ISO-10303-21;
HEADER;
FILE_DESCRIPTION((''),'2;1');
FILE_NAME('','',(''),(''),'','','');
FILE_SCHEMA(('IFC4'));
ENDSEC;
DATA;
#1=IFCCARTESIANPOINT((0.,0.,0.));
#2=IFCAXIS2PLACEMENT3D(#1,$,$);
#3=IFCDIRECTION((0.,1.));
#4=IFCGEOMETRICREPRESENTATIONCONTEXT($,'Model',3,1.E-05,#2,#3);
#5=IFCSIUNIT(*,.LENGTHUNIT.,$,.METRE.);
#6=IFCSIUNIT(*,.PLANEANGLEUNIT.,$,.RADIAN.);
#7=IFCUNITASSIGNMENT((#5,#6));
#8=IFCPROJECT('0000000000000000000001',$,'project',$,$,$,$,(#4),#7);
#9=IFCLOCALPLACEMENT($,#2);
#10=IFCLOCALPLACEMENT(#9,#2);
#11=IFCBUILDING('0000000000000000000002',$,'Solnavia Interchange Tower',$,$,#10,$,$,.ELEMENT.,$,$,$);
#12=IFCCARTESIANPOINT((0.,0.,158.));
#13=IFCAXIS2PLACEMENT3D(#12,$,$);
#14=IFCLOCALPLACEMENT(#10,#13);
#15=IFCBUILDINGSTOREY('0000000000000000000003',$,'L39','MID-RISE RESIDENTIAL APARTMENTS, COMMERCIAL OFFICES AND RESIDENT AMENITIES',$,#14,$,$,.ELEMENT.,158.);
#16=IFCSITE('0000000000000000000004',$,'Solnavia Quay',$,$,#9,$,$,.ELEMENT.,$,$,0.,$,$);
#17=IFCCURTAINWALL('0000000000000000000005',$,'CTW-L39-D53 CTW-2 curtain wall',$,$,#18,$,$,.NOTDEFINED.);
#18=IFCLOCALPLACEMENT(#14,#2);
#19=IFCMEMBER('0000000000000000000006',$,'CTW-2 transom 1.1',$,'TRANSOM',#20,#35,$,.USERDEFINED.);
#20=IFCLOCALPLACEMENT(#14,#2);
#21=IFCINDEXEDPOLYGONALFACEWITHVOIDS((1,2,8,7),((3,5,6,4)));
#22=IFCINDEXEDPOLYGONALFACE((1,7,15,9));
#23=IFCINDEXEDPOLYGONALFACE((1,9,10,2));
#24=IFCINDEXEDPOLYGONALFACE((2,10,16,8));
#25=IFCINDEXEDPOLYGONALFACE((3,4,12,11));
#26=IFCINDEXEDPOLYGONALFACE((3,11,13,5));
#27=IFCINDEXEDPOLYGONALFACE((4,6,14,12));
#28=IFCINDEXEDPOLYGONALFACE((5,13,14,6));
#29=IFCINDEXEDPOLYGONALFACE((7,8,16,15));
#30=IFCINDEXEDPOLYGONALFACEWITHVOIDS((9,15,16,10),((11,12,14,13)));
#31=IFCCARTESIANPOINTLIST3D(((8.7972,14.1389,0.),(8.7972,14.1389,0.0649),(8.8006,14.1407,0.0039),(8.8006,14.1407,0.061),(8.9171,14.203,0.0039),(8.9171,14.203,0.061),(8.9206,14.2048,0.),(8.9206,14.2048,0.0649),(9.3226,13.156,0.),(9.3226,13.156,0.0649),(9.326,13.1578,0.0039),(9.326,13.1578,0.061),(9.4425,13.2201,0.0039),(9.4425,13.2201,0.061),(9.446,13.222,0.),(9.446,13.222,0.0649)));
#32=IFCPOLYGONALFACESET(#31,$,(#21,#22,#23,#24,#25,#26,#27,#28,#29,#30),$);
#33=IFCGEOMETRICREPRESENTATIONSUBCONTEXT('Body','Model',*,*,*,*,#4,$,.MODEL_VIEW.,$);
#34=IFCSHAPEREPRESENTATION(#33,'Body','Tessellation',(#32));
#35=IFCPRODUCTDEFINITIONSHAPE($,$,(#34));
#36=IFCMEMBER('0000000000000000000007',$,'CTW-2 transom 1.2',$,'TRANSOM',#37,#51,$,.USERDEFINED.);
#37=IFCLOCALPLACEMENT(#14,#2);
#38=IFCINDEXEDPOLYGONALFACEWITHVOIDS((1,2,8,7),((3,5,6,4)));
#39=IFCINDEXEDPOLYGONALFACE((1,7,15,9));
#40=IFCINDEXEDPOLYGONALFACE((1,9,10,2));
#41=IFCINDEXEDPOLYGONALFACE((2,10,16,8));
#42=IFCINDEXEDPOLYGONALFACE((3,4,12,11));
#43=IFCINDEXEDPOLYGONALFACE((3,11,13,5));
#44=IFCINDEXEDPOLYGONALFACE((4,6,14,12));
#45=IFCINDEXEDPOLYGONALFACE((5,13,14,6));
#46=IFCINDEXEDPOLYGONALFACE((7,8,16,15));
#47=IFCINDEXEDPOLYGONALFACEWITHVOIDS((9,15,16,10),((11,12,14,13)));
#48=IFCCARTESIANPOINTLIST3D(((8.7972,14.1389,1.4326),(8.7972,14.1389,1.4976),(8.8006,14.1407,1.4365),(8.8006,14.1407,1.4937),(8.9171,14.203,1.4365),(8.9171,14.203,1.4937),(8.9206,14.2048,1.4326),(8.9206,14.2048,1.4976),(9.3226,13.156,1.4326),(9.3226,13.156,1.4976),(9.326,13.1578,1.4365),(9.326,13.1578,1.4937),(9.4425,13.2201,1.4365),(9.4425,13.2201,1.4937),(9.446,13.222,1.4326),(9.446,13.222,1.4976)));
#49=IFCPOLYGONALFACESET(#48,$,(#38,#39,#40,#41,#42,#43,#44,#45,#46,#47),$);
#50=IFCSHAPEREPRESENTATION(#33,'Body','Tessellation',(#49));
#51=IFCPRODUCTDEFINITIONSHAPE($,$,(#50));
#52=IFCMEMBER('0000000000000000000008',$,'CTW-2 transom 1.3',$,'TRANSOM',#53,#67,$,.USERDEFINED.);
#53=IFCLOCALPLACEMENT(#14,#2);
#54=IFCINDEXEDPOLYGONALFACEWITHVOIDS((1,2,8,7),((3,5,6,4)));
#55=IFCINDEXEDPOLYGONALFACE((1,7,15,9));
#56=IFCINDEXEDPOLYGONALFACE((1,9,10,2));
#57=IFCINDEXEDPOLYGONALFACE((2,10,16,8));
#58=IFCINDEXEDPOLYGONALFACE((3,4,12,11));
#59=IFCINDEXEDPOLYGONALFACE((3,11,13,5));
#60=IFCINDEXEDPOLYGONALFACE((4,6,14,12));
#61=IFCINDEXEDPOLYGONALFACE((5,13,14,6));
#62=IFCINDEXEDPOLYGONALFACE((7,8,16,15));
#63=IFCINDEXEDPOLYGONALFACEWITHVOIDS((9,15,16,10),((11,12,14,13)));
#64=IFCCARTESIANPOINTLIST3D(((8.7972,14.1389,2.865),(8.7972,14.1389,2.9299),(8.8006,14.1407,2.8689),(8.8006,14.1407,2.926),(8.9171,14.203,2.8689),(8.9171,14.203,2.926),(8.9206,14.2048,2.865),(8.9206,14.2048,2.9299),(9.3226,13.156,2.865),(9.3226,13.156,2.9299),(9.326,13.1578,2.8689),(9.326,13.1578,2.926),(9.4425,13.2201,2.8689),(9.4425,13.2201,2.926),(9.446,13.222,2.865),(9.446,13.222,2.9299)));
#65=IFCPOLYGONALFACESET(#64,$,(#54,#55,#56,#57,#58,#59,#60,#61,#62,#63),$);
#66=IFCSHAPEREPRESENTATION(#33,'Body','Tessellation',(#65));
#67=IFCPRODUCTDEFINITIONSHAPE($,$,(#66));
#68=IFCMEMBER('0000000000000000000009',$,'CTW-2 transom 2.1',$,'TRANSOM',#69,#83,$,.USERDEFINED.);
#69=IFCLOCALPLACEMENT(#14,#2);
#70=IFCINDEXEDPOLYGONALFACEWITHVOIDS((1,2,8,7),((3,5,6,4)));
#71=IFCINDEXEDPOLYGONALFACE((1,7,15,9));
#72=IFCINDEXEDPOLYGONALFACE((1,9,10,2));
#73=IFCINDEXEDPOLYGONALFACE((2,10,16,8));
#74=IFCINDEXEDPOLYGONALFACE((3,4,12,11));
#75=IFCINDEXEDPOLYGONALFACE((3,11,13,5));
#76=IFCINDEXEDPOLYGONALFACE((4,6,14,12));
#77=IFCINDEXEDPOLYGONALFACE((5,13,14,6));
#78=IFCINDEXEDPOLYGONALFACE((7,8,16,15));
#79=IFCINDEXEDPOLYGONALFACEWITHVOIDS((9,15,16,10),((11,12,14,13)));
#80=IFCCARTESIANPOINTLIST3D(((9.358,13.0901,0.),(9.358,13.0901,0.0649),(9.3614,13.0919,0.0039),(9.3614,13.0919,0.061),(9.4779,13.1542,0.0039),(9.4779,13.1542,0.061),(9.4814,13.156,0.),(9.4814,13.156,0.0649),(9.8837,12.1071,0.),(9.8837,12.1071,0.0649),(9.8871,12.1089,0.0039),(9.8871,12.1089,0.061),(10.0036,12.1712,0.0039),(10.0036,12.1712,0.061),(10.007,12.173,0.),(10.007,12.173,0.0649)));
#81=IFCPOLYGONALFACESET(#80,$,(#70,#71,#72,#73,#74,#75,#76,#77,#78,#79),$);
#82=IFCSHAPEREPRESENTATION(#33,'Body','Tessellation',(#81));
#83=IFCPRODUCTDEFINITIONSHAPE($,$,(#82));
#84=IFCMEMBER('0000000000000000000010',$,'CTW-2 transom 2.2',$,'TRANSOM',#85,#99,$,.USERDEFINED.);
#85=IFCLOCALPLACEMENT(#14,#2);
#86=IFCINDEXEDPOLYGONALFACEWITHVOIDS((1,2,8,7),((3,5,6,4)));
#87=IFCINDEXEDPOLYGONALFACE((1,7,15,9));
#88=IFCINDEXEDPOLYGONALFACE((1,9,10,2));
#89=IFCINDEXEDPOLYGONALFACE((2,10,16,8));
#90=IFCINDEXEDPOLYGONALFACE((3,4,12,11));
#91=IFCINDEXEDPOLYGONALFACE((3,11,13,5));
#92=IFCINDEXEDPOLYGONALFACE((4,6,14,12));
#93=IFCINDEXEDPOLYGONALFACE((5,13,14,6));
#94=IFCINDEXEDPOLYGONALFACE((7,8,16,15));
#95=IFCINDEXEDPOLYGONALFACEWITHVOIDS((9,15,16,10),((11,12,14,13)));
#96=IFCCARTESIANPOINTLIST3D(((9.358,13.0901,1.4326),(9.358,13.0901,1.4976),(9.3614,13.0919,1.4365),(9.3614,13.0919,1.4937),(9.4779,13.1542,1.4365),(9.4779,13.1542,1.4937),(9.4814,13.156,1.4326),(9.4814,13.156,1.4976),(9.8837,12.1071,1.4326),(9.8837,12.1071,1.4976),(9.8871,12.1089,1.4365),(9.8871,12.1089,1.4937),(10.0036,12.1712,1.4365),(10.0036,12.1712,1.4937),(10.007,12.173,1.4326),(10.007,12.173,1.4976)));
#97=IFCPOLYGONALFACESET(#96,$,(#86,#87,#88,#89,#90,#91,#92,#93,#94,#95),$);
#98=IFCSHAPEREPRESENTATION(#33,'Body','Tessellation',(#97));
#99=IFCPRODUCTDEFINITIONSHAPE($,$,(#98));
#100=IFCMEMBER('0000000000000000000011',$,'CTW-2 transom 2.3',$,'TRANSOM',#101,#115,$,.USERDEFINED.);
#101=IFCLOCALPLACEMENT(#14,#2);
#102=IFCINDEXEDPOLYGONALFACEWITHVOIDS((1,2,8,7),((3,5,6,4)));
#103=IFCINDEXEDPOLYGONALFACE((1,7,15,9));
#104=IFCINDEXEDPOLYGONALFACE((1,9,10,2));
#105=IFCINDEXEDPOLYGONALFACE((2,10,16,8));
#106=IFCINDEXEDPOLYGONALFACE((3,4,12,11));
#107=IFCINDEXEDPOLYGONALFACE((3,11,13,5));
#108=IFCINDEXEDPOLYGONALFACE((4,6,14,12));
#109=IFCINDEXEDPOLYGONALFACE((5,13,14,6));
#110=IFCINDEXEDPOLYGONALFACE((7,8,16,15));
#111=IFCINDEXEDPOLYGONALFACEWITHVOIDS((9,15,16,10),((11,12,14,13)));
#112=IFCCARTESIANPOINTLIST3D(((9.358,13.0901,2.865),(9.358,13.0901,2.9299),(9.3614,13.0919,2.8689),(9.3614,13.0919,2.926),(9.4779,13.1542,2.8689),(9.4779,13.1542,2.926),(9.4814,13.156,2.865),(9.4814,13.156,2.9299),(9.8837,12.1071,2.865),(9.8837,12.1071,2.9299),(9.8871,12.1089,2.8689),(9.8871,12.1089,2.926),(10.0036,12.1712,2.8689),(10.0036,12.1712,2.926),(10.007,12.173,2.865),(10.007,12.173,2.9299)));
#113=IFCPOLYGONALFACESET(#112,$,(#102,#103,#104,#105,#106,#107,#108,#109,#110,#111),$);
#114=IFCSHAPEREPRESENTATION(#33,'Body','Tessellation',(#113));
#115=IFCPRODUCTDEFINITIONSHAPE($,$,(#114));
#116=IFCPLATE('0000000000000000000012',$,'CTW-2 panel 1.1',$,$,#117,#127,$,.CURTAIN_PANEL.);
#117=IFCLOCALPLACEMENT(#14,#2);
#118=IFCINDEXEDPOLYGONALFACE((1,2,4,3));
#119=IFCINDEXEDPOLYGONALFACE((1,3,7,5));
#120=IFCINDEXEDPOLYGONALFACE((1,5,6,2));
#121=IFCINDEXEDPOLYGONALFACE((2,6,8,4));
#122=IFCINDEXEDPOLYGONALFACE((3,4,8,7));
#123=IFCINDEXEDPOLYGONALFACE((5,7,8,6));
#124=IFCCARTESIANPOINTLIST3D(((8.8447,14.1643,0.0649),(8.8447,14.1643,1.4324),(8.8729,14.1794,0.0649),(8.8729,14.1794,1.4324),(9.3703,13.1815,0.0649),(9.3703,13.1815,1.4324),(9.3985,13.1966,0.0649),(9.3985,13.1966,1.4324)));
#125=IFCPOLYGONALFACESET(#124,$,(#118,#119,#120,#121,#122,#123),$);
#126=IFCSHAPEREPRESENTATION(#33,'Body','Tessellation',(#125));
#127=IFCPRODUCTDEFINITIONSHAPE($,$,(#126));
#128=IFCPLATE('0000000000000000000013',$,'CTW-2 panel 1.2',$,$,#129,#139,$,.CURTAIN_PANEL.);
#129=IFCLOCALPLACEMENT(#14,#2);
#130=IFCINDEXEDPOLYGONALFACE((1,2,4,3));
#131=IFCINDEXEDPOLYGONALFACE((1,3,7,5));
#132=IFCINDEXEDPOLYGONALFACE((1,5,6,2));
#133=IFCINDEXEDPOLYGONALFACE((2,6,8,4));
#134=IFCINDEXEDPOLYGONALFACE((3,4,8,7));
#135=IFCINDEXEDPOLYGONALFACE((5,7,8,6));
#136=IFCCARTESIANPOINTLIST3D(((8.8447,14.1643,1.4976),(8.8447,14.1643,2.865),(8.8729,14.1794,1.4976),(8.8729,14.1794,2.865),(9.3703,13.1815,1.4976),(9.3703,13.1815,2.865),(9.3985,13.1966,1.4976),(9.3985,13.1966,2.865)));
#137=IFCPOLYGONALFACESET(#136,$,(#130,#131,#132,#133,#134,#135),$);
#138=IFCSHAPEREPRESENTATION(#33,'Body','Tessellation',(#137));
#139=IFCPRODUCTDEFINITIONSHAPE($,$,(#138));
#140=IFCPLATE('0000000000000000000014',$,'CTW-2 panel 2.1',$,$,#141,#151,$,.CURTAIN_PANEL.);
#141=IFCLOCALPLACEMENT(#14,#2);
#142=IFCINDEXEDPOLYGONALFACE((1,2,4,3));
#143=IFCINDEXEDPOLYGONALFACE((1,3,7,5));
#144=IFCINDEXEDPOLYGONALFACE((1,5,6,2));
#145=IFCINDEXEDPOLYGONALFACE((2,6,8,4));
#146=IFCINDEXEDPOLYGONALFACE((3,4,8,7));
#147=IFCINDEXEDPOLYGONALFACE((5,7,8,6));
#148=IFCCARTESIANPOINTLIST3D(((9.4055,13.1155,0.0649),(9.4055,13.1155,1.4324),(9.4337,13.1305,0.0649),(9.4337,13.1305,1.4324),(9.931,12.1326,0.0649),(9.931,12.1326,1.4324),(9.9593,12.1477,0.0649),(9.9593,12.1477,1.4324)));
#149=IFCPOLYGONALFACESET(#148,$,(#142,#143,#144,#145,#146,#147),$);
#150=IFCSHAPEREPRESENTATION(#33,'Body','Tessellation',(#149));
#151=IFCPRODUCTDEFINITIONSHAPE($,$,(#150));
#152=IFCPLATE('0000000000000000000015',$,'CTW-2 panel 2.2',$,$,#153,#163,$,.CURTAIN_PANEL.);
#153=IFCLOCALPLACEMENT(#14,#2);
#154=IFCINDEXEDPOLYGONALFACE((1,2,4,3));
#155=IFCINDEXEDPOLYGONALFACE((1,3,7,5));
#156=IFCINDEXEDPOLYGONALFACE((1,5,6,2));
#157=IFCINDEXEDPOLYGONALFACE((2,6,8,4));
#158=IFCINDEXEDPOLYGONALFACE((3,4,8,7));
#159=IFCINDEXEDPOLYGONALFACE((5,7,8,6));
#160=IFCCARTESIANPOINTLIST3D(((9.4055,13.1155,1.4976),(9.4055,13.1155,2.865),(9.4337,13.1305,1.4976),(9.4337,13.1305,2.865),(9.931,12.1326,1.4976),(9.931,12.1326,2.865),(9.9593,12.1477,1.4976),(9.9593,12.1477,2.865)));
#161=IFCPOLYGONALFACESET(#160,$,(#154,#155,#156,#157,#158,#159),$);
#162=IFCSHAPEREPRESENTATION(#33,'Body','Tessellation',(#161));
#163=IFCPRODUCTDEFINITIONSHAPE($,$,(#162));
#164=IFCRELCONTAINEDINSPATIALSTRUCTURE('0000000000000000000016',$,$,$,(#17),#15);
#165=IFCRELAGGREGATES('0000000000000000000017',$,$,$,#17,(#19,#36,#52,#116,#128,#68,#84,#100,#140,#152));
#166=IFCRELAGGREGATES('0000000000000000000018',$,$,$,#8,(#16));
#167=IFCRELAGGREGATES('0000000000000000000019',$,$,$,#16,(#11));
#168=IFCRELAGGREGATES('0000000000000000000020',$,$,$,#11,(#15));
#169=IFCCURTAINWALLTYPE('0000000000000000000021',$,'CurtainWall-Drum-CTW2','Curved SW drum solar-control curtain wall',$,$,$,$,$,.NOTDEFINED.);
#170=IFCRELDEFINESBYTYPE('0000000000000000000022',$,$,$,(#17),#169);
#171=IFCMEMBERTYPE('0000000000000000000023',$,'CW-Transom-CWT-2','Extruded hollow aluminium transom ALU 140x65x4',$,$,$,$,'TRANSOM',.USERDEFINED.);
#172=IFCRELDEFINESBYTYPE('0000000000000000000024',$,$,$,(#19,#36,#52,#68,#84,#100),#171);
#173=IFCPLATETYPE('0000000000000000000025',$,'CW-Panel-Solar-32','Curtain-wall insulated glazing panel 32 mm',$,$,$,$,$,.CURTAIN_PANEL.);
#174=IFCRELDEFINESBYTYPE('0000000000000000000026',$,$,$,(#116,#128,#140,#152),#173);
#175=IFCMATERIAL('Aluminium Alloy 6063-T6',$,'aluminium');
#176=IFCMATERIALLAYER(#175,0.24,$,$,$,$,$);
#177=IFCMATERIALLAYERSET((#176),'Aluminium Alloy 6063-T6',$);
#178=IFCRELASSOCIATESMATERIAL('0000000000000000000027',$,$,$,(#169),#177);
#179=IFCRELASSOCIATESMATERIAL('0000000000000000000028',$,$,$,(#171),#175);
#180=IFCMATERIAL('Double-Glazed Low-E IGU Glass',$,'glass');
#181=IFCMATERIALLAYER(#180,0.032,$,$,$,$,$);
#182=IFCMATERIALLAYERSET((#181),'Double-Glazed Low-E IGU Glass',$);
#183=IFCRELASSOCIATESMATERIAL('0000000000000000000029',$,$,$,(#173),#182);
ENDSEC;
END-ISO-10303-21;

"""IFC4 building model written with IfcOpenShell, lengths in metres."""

from ifc_helpers import new_model, si_unit, direction, frame, origin, origin_2d, place, context, subcontext, project, spatial, rectangle, hollow_rectangle, extrude, material, layer, layer_set, material_profile, profile_set, type_object, element, aggregate, save


model = new_model("IFC4")

# Units and contexts
model_context = context("Model", 3, precision=1e-05, world=origin(), true_north=direction((0.0, 1.0)))
body_context = subcontext(model_context, "Body", "Model", "MODEL_VIEW")
ifc_project = project(units=[si_unit("LENGTHUNIT", "METRE"), si_unit("PLANEANGLEUNIT", "RADIAN")], contexts=[model_context])

# Site, building, storey
site_placement = place(None, origin())
site = spatial("IfcSite", under=ifc_project, at=site_placement, Name="Solnavia Quay", CompositionType="ELEMENT", RefElevation=0.0)
building_placement = place(site_placement, origin())
building = spatial("IfcBuilding", under=site, at=building_placement, Name="Solnavia Interchange Tower", CompositionType="ELEMENT")
storey_placement = place(building_placement, frame((0.0, 0.0, 158.0)))
storey = spatial("IfcBuildingStorey", under=building, at=storey_placement, Name="L39", Description="MID-RISE RESIDENTIAL APARTMENTS, COMMERCIAL OFFICES AND RESIDENT AMENITIES", CompositionType="ELEMENT", Elevation=158.0)

# Curtain wall, members, plates
ifc_material_1 = material(Name="Aluminium Alloy 6063-T6", Category="aluminium")
ifc_layer_1 = layer(ifc_material_1, 0.24)
ifc_layer_set_1 = layer_set([ifc_layer_1], Name="Aluminium Alloy 6063-T6")
curtain_wall_type = type_object("IfcCurtainWallType", Name="CurtainWall-Drum-CTW2", Description="Curved SW drum solar-control curtain wall", PredefinedType="NOTDEFINED", material=ifc_layer_set_1)
curtain_wall_placement = place(storey_placement, origin())
curtain_wall = element("IfcCurtainWall", 1, at=curtain_wall_placement, inside=storey, type_object=curtain_wall_type, Name="CTW-L39-D53 CTW-2 curtain wall", PredefinedType="NOTDEFINED")
ifc_material_profile_1 = material_profile(ifc_material_1, hollow_rectangle(XDim=0.0649, YDim=0.1399, WallThickness=0.0039, at=origin_2d()), Name="ALU 140x65x4")
ifc_profile_set_1 = profile_set([ifc_material_profile_1], Name="Aluminium Alloy 6063-T6")
member_type_1 = type_object("IfcMemberType", Name="CW-Transom-CWT-2", Description="Extruded hollow aluminium transom ALU 140x65x4", ElementType="TRANSOM", PredefinedType="USERDEFINED", material=ifc_profile_set_1)
member_1_placement = place(storey_placement, frame((8.8589, 14.1719, 0.0325), z_axis=(0.471407, -0.881916, 0.0), x_axis=(0.0, 0.0, 1.0)))
member_1 = element("IfcMember", 2, at=member_1_placement, type_object=member_type_1, Name="CTW-2 transom 1.1", ObjectType="TRANSOM", PredefinedType="USERDEFINED", context=body_context, shape_type="SweptSolid", body=[
    extrude(hollow_rectangle(XDim=0.0649, YDim=0.1399, WallThickness=0.0039, at=origin_2d()), origin(), (0.0, 0.0, 1.0), 1.1145),
])
member_2_placement = place(storey_placement, frame((8.8589, 14.1719, 1.4651), z_axis=(0.471407, -0.881916, 0.0), x_axis=(0.0, 0.0, 1.0)))
member_2 = element("IfcMember", 3, at=member_2_placement, type_object=member_type_1, Name="CTW-2 transom 1.2", ObjectType="TRANSOM", PredefinedType="USERDEFINED", context=body_context, shape_type="SweptSolid", body=[
    extrude(hollow_rectangle(XDim=0.0649, YDim=0.1399, WallThickness=0.0039, at=origin_2d()), origin(), (0.0, 0.0, 1.0), 1.1145),
])
member_3_placement = place(storey_placement, frame((8.8589, 14.1719, 2.8975), z_axis=(0.471407, -0.881916, 0.0), x_axis=(0.0, 0.0, 1.0)))
member_3 = element("IfcMember", 4, at=member_3_placement, type_object=member_type_1, Name="CTW-2 transom 1.3", ObjectType="TRANSOM", PredefinedType="USERDEFINED", context=body_context, shape_type="SweptSolid", body=[
    extrude(hollow_rectangle(XDim=0.0649, YDim=0.1399, WallThickness=0.0039, at=origin_2d()), origin(), (0.0, 0.0, 1.0), 1.1145),
])
member_4_placement = place(storey_placement, frame((9.4197, 13.123, 0.0325), z_axis=(0.471577, -0.881825, 0.0), x_axis=(0.0, 0.0, 1.0)))
member_4 = element("IfcMember", 5, at=member_4_placement, type_object=member_type_1, Name="CTW-2 transom 2.1", ObjectType="TRANSOM", PredefinedType="USERDEFINED", context=body_context, shape_type="SweptSolid", body=[
    extrude(hollow_rectangle(XDim=0.0649, YDim=0.1399, WallThickness=0.0039, at=origin_2d()), origin(), (0.0, 0.0, 1.0), 1.1147),
])
member_5_placement = place(storey_placement, frame((9.4197, 13.123, 1.4651), z_axis=(0.471577, -0.881825, 0.0), x_axis=(0.0, 0.0, 1.0)))
member_5 = element("IfcMember", 6, at=member_5_placement, type_object=member_type_1, Name="CTW-2 transom 2.2", ObjectType="TRANSOM", PredefinedType="USERDEFINED", context=body_context, shape_type="SweptSolid", body=[
    extrude(hollow_rectangle(XDim=0.0649, YDim=0.1399, WallThickness=0.0039, at=origin_2d()), origin(), (0.0, 0.0, 1.0), 1.1147),
])
member_6_placement = place(storey_placement, frame((9.4197, 13.123, 2.8975), z_axis=(0.471577, -0.881825, 0.0), x_axis=(0.0, 0.0, 1.0)))
member_6 = element("IfcMember", 7, at=member_6_placement, type_object=member_type_1, Name="CTW-2 transom 2.3", ObjectType="TRANSOM", PredefinedType="USERDEFINED", context=body_context, shape_type="SweptSolid", body=[
    extrude(hollow_rectangle(XDim=0.0649, YDim=0.1399, WallThickness=0.0039, at=origin_2d()), origin(), (0.0, 0.0, 1.0), 1.1147),
])
ifc_material_2 = material(Name="Double-Glazed Low-E IGU Glass", Category="glass")
ifc_layer_2 = layer(ifc_material_2, 0.032)
ifc_layer_set_2 = layer_set([ifc_layer_2], Name="Double-Glazed Low-E IGU Glass")
plate_type = type_object("IfcPlateType", Name="CW-Panel-Solar-32", Description="Curtain-wall insulated glazing panel 32 mm", PredefinedType="CURTAIN_PANEL", material=ifc_layer_set_2)
plate_1_placement = place(storey_placement, frame((9.1216, 13.6804, 0.0649), z_axis=(0.0, 0.0, 1.0), x_axis=(0.471561, -0.881834, 0.0)))
plate_1 = element("IfcPlate", 8, at=plate_1_placement, type_object=plate_type, Name="CTW-2 panel 1.1", PredefinedType="CURTAIN_PANEL", context=body_context, shape_type="SweptSolid", body=[
    extrude(rectangle(XDim=1.1145, YDim=0.032, at=origin_2d()), origin(), (0.0, 0.0, 1.0), 1.3674),
])
plate_2_placement = place(storey_placement, frame((9.1216, 13.6804, 1.4976), z_axis=(0.0, 0.0, 1.0), x_axis=(0.471561, -0.881834, 0.0)))
plate_2 = element("IfcPlate", 9, at=plate_2_placement, type_object=plate_type, Name="CTW-2 panel 1.2", PredefinedType="CURTAIN_PANEL", context=body_context, shape_type="SweptSolid", body=[
    extrude(rectangle(XDim=1.1145, YDim=0.032, at=origin_2d()), origin(), (0.0, 0.0, 1.0), 1.3674),
])
plate_3_placement = place(storey_placement, frame((9.6824, 12.6316, 0.0649), z_axis=(0.0, 0.0, 1.0), x_axis=(0.471561, -0.881834, 0.0)))
plate_3 = element("IfcPlate", 10, at=plate_3_placement, type_object=plate_type, Name="CTW-2 panel 2.1", PredefinedType="CURTAIN_PANEL", context=body_context, shape_type="SweptSolid", body=[
    extrude(rectangle(XDim=1.1145, YDim=0.032, at=origin_2d()), origin(), (0.0, 0.0, 1.0), 1.3674),
])
plate_4_placement = place(storey_placement, frame((9.6824, 12.6316, 1.4976), z_axis=(0.0, 0.0, 1.0), x_axis=(0.471561, -0.881834, 0.0)))
plate_4 = element("IfcPlate", 11, at=plate_4_placement, type_object=plate_type, Name="CTW-2 panel 2.2", PredefinedType="CURTAIN_PANEL", context=body_context, shape_type="SweptSolid", body=[
    extrude(rectangle(XDim=1.1145, YDim=0.032, at=origin_2d()), origin(), (0.0, 0.0, 1.0), 1.3674),
])
aggregate(curtain_wall, [member_1, member_2, member_3, plate_1, plate_2, member_4, member_5, member_6, plate_3, plate_4])

save(model, "model.ifc")
